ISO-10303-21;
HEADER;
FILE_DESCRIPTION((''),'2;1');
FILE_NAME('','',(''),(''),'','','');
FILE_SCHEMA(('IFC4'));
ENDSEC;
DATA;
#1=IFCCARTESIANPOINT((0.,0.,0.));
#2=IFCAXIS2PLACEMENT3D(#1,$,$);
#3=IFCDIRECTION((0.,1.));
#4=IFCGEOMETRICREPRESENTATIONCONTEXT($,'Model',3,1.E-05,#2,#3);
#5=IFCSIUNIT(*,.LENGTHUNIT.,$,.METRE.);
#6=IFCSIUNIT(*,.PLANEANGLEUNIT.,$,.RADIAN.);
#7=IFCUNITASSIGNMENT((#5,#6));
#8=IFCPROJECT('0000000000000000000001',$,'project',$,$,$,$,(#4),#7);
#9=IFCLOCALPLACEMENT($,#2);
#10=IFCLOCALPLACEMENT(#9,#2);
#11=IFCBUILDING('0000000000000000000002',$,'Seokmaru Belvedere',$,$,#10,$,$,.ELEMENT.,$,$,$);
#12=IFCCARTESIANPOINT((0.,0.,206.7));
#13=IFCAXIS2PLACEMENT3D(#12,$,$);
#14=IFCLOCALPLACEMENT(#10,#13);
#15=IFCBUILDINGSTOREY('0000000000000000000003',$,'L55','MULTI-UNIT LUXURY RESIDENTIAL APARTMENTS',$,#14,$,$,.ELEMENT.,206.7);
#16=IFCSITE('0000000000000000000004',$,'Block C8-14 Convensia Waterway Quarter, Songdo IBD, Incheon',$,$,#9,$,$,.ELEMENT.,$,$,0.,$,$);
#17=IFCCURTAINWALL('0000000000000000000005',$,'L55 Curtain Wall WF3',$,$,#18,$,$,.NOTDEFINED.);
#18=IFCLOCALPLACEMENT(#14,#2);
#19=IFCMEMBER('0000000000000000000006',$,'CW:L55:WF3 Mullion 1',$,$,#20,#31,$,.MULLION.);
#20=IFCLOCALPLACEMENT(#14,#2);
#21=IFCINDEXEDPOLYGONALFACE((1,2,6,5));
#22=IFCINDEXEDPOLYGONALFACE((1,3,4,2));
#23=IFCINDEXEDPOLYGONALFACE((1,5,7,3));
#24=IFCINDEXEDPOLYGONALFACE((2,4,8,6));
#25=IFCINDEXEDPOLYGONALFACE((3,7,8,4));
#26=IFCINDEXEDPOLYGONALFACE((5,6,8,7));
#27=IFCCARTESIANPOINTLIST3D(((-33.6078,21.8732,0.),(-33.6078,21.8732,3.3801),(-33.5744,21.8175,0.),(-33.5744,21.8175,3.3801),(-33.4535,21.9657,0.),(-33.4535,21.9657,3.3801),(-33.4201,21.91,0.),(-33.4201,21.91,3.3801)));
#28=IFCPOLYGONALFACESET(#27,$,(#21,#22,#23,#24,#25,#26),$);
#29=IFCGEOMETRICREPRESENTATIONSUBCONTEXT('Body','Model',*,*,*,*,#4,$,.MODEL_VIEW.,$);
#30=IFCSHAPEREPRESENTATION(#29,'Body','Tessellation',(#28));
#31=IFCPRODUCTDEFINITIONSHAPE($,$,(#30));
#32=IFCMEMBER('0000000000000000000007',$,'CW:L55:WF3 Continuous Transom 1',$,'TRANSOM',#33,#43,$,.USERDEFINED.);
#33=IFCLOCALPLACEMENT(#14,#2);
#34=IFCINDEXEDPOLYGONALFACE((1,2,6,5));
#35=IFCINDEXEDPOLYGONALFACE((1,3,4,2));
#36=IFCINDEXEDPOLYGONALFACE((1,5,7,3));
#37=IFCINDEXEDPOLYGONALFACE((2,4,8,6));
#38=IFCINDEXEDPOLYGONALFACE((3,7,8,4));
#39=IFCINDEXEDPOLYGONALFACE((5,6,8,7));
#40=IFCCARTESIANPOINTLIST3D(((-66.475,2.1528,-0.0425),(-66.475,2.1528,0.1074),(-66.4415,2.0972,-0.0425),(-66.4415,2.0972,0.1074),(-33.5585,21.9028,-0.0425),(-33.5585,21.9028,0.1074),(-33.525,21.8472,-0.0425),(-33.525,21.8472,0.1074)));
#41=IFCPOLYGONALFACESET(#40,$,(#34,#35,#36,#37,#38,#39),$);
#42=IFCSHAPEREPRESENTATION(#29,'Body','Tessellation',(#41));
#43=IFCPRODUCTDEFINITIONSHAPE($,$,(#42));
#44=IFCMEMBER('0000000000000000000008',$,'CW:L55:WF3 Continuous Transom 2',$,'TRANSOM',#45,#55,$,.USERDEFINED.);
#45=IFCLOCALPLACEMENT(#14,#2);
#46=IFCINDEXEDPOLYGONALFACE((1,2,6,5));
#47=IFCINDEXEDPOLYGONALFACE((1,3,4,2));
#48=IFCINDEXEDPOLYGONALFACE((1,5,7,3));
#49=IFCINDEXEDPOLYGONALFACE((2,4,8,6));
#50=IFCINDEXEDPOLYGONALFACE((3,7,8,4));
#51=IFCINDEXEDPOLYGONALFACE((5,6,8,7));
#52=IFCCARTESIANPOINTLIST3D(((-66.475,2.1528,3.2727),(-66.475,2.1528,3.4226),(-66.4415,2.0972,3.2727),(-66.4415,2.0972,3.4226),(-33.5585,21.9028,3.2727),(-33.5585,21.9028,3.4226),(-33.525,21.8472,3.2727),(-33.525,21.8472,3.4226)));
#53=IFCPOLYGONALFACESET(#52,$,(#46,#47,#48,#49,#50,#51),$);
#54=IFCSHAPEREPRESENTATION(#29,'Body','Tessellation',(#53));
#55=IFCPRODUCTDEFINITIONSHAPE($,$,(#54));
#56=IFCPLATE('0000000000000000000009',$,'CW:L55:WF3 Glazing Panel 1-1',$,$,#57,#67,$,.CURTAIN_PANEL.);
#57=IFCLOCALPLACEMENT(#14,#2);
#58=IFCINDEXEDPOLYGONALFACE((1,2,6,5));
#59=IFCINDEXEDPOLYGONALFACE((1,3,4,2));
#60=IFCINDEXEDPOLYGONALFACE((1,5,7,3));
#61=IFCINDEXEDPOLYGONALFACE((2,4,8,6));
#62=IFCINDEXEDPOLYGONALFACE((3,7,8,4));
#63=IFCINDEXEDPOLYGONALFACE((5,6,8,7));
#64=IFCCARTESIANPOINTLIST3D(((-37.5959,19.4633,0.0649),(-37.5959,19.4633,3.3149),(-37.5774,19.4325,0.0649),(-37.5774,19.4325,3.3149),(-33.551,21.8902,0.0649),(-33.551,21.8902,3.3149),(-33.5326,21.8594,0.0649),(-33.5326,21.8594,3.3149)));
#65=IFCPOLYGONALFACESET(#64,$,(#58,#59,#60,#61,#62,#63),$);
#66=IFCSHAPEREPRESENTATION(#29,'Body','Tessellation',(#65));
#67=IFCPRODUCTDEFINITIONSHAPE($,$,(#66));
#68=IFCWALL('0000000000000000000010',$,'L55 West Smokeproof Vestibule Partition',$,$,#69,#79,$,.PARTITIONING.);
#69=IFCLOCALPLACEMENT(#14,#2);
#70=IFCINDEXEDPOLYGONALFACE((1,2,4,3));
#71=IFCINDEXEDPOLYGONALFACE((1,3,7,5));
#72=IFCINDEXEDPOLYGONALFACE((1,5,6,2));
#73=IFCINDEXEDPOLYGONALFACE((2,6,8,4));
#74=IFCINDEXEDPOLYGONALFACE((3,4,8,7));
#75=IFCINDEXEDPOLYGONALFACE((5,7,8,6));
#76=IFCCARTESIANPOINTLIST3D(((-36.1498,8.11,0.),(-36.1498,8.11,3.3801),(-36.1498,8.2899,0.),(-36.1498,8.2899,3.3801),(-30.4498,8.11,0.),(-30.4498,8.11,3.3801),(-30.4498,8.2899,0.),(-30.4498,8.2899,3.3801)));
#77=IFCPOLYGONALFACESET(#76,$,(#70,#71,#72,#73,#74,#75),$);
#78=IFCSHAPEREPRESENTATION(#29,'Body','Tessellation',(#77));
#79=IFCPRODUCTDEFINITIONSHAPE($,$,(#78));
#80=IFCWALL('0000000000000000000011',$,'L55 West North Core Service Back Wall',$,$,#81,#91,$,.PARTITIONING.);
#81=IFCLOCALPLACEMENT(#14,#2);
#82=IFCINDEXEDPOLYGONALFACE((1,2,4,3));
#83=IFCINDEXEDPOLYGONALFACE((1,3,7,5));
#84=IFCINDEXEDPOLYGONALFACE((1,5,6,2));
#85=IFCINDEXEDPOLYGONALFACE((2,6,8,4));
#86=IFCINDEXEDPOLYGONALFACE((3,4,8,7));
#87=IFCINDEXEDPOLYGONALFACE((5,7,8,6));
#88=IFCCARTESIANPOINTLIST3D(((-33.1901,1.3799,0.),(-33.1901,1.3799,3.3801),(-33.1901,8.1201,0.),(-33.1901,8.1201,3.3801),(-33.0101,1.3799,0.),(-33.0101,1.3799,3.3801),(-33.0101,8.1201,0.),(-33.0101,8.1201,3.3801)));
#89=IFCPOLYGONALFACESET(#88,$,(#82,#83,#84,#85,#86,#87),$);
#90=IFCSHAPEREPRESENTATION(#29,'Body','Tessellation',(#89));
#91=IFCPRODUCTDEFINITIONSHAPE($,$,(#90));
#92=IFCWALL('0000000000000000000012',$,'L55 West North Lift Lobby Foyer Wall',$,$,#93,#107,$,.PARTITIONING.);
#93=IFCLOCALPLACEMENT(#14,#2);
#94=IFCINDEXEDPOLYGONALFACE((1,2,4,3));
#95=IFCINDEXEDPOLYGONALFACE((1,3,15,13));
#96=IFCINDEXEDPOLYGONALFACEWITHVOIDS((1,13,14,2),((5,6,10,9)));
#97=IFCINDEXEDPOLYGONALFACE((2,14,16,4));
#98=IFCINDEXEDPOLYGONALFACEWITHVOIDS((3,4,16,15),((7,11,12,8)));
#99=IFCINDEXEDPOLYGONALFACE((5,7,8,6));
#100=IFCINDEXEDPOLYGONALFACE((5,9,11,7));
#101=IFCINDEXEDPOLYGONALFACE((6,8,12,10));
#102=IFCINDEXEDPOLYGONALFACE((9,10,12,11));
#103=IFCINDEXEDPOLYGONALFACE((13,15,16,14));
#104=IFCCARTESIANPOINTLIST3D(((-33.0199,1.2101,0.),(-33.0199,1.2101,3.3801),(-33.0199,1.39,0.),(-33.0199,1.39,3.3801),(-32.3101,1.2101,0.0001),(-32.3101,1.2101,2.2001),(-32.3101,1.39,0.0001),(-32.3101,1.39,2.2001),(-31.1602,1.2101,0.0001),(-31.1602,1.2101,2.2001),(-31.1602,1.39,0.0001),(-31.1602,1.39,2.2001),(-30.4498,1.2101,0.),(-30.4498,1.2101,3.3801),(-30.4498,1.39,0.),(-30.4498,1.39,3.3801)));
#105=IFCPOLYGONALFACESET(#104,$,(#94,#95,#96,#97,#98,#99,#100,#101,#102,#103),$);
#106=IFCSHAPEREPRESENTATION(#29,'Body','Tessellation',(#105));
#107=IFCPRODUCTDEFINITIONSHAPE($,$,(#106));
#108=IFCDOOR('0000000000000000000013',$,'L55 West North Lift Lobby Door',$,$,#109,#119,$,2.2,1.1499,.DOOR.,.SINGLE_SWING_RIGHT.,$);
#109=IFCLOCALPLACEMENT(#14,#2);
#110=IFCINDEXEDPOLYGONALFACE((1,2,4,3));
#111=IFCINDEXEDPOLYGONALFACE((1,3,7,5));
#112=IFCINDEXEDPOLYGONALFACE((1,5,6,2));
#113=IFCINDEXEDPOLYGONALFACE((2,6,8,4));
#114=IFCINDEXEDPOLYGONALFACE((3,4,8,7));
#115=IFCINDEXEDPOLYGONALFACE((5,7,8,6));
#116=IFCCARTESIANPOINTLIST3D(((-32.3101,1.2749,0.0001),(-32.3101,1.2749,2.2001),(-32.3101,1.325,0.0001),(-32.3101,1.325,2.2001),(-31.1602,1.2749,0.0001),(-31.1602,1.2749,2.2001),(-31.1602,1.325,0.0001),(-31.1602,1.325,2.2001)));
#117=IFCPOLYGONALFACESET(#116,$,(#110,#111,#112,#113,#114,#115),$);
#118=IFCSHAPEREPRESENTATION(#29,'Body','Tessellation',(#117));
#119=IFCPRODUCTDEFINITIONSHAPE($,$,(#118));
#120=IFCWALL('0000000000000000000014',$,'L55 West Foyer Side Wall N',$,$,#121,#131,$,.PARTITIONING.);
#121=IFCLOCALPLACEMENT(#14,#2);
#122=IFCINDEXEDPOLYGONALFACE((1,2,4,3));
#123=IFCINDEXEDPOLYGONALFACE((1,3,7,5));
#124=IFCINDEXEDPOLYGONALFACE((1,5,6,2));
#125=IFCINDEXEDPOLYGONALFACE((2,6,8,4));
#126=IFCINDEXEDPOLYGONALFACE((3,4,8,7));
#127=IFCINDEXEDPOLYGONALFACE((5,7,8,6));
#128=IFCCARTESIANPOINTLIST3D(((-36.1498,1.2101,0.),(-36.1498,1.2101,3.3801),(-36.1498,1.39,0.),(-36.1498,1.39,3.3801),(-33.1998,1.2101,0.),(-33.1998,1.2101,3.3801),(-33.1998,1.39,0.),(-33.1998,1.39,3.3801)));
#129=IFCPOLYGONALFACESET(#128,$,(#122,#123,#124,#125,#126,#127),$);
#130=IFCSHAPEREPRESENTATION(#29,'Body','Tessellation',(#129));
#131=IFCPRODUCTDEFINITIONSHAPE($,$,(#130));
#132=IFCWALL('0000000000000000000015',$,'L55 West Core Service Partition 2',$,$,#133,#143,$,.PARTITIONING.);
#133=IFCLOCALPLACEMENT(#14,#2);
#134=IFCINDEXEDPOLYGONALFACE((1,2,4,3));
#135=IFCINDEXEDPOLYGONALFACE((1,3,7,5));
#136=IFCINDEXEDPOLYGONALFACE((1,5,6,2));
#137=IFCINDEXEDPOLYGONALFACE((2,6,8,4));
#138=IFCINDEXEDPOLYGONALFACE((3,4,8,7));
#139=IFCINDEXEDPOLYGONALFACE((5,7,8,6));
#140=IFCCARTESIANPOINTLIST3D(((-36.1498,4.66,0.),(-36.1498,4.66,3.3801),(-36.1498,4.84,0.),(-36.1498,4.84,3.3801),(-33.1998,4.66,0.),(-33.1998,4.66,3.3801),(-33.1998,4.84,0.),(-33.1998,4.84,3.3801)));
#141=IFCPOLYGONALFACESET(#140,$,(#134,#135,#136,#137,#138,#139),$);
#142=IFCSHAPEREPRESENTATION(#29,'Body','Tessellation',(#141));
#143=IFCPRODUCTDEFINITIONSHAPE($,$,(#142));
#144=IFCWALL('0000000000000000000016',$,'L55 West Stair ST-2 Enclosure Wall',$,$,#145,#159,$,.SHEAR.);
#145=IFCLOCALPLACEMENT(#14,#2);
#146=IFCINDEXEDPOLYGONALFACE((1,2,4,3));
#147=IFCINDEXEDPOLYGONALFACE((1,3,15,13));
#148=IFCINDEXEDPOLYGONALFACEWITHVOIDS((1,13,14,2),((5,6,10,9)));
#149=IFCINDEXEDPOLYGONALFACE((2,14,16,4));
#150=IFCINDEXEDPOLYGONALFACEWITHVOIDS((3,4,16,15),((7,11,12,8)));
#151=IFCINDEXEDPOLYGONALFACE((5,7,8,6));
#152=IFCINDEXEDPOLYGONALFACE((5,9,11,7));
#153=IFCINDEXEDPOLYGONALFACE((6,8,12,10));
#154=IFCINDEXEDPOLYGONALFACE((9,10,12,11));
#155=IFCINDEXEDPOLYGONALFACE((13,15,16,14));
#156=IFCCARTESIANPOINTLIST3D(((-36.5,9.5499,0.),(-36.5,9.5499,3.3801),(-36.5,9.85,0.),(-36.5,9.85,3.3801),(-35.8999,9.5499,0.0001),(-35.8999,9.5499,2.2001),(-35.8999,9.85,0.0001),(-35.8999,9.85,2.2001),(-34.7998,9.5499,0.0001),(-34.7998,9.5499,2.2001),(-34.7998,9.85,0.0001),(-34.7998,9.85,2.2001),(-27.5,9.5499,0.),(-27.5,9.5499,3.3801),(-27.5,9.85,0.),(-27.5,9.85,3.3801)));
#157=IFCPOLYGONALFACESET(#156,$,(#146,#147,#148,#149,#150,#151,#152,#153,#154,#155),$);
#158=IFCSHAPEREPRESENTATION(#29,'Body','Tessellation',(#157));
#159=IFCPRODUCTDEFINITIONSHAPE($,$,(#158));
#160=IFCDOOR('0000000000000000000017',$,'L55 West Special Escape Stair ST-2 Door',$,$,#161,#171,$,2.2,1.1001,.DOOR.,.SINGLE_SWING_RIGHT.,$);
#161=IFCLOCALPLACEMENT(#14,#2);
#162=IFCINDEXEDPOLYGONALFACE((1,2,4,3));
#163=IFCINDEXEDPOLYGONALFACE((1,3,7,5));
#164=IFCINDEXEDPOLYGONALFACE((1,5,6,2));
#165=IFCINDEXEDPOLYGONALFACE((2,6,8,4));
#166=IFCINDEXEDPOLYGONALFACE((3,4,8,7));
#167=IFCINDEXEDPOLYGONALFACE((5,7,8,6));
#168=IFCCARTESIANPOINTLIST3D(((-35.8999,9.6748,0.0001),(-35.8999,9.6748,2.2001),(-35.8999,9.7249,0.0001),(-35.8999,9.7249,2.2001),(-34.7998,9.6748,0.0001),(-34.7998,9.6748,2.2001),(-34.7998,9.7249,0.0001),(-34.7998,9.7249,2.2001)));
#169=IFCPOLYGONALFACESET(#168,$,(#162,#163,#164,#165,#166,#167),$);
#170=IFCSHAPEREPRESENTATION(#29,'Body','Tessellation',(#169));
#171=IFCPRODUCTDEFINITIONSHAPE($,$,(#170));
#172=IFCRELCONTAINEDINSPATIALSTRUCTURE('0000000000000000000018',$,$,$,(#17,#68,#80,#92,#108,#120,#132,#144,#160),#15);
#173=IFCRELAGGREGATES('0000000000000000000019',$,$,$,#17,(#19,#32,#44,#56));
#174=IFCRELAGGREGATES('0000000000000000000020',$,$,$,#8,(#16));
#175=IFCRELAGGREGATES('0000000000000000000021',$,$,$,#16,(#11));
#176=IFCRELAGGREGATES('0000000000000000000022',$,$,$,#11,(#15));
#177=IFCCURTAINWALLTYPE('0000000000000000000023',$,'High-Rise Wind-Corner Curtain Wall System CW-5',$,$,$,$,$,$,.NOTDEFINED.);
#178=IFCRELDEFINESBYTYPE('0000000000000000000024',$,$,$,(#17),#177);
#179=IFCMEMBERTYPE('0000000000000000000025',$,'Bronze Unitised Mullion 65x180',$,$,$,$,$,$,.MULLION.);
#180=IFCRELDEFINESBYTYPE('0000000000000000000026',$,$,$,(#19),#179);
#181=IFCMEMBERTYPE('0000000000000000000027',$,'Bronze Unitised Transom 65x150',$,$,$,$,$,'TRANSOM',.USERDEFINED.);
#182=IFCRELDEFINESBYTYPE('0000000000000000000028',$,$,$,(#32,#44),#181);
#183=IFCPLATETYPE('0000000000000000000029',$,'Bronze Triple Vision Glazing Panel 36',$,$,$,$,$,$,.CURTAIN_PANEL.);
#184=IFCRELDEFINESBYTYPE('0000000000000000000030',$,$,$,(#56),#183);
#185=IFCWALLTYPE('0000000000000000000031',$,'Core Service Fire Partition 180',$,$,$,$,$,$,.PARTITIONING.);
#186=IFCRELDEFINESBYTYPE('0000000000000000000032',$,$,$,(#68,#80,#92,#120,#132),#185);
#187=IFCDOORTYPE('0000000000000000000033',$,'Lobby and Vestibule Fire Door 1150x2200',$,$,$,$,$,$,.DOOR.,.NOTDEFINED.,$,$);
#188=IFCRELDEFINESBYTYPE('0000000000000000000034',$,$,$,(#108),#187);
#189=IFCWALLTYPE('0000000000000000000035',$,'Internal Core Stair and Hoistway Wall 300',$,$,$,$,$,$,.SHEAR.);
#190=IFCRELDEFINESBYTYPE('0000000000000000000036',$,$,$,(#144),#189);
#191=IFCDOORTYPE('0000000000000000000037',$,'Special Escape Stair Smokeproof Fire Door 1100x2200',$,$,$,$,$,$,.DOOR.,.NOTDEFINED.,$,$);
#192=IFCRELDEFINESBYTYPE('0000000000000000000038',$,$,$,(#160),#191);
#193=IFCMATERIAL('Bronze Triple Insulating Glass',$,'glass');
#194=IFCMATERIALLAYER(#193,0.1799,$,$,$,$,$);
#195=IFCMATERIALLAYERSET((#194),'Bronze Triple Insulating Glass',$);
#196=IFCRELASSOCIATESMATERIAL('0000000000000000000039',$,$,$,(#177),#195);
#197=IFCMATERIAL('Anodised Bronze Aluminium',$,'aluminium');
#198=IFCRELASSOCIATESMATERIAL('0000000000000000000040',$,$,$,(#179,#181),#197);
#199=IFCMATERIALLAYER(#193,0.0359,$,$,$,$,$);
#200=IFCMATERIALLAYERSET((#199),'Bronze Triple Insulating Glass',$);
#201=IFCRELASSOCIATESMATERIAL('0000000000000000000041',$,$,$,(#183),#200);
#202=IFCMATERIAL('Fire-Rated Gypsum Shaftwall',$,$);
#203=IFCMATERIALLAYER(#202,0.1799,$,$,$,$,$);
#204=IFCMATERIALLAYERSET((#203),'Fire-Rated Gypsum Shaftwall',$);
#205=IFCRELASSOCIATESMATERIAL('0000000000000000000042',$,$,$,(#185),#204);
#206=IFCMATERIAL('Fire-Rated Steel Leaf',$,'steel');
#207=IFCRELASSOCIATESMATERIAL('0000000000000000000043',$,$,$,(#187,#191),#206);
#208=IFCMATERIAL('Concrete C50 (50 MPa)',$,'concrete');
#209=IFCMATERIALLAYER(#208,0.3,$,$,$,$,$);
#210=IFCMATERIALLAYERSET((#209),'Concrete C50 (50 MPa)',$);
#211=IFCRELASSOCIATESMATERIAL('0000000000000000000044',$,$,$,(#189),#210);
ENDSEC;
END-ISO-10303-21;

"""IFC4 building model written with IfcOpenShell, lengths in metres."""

from ifc_helpers import new_model, si_unit, direction, frame, frame_2d, origin, origin_2d, place, context, subcontext, project, spatial, rectangle, extrude, source, transform, mapped, material, layer, layer_set, material_profile, profile_set, type_object, type_shapes, element, fill, aggregate, save


model = new_model("IFC4")

# Units and contexts
model_context = context("Model", 3, precision=1e-05, world=origin(), true_north=direction((0.0, 1.0)))
body_context = subcontext(model_context, "Body", "Model", "MODEL_VIEW")
ifc_project = project(units=[si_unit("LENGTHUNIT", "METRE"), si_unit("PLANEANGLEUNIT", "RADIAN")], contexts=[model_context])

# Site, building, storey
site_placement = place(None, origin())
site = spatial("IfcSite", under=ifc_project, at=site_placement, Name="Block C8-14 Convensia Waterway Quarter, Songdo IBD, Incheon", CompositionType="ELEMENT", RefElevation=0.0)
building_placement = place(site_placement, origin())
building = spatial("IfcBuilding", under=site, at=building_placement, Name="Seokmaru Belvedere", CompositionType="ELEMENT")
storey_placement = place(building_placement, frame((0.0, 0.0, 206.7)))
storey = spatial("IfcBuildingStorey", under=building, at=storey_placement, Name="L55", Description="MULTI-UNIT LUXURY RESIDENTIAL APARTMENTS", CompositionType="ELEMENT", Elevation=206.7)

# Curtain wall, members, plate
ifc_material_1 = material(Name="Bronze Triple Insulating Glass", Category="glass")
ifc_layer_1 = layer(ifc_material_1, 0.1799)
ifc_layer_set_1 = layer_set([ifc_layer_1], Name="Bronze Triple Insulating Glass")
curtain_wall_type = type_object("IfcCurtainWallType", Name="High-Rise Wind-Corner Curtain Wall System CW-5", PredefinedType="NOTDEFINED", material=ifc_layer_set_1)
curtain_wall_placement = place(storey_placement, origin())
curtain_wall = element("IfcCurtainWall", 1, at=curtain_wall_placement, inside=storey, type_object=curtain_wall_type, Name="L55 Curtain Wall WF3", PredefinedType="NOTDEFINED")
ifc_material_2 = material(Name="Anodised Bronze Aluminium", Category="aluminium")
ifc_material_profile_1 = material_profile(ifc_material_2, rectangle(XDim=0.0649, YDim=0.1799, at=origin_2d()), Name="CW-M-65x180")
ifc_profile_set_1 = profile_set([ifc_material_profile_1], Name="Anodised Bronze Aluminium")
member_type_1 = type_object("IfcMemberType", Name="Bronze Unitised Mullion 65x180", PredefinedType="MULLION", material=ifc_profile_set_1)
shared_shape_1 = source(origin(), body_context, "Body", "SweptSolid", [
    extrude(rectangle(XDim=0.0649, YDim=0.1799, at=origin_2d()), origin(), (0.0, 0.0, 1.0), 3.3801),
])
type_shapes(member_type_1, [shared_shape_1])
member_1_placement = place(storey_placement, frame((-33.5139, 21.8916, 0.0), z_axis=(0.0, 0.0, 1.0), x_axis=(0.514495, -0.857493, 0.0)))
member_1 = element("IfcMember", 2, at=member_1_placement, type_object=member_type_1, Name="CW:L55:WF3 Mullion 1", PredefinedType="MULLION", context=body_context, shape_type="MappedRepresentation", body=[
    mapped(shared_shape_1, transform((0.0, 0.0, 0.0), scale=1.0)),
])
ifc_material_profile_2 = material_profile(ifc_material_2, rectangle(XDim=0.0649, YDim=0.1499, at=origin_2d()), Name="CW-T-65x150")
ifc_profile_set_2 = profile_set([ifc_material_profile_2], Name="Anodised Bronze Aluminium")
member_type_2 = type_object("IfcMemberType", Name="Bronze Unitised Transom 65x150", ElementType="TRANSOM", PredefinedType="USERDEFINED", material=ifc_profile_set_2)
shared_shape_2 = source(origin(), body_context, "Body", "SweptSolid", [
    extrude(rectangle(XDim=0.0649, YDim=0.1499, at=origin_2d()), origin(), (0.0, 0.0, 1.0), 38.387),
])
type_shapes(member_type_2, [shared_shape_2])
member_2_placement = place(storey_placement, frame((-33.5417, 21.875, 0.0325), z_axis=(-0.857492, -0.514498, 0.0), x_axis=(0.514498, -0.857492, 0.0)))
member_2 = element("IfcMember", 3, at=member_2_placement, type_object=member_type_2, Name="CW:L55:WF3 Continuous Transom 1", ObjectType="TRANSOM", PredefinedType="USERDEFINED", context=body_context, shape_type="MappedRepresentation", body=[
    mapped(shared_shape_2, transform((0.0, 0.0, 0.0), scale=1.0)),
])
member_3_placement = place(storey_placement, frame((-33.5417, 21.875, 3.3477), z_axis=(-0.857492, -0.514498, 0.0), x_axis=(0.514498, -0.857492, 0.0)))
member_3 = element("IfcMember", 4, at=member_3_placement, type_object=member_type_2, Name="CW:L55:WF3 Continuous Transom 2", ObjectType="TRANSOM", PredefinedType="USERDEFINED", context=body_context, shape_type="MappedRepresentation", body=[
    mapped(shared_shape_2, transform((0.0, 0.0, 0.0), scale=1.0)),
])
ifc_layer_2 = layer(ifc_material_1, 0.0359)
ifc_layer_set_2 = layer_set([ifc_layer_2], Name="Bronze Triple Insulating Glass")
plate_type = type_object("IfcPlateType", Name="Bronze Triple Vision Glazing Panel 36", PredefinedType="CURTAIN_PANEL", material=ifc_layer_set_2)
shared_shape_3 = source(origin(), body_context, "Body", "SweptSolid", [
    extrude(rectangle(XDim=4.717, YDim=0.0359, at=origin_2d()), origin(), (0.0, 0.0, 1.0), 3.25),
])
type_shapes(plate_type, [shared_shape_3])
plate_placement = place(storey_placement, frame((-35.5642, 20.6614, 0.0649), z_axis=(0.0, 0.0, 1.0), x_axis=(-0.857493, -0.514495, 0.0)))
plate = element("IfcPlate", 5, at=plate_placement, type_object=plate_type, Name="CW:L55:WF3 Glazing Panel 1-1", PredefinedType="CURTAIN_PANEL", context=body_context, shape_type="MappedRepresentation", body=[
    mapped(shared_shape_3, transform((0.0, 0.0, 0.0), scale=1.0)),
])
aggregate(curtain_wall, [member_1, member_2, member_3, plate])

# Walls
ifc_material_3 = material(Name="Fire-Rated Gypsum Shaftwall")
ifc_layer_3 = layer(ifc_material_3, 0.1799)
ifc_layer_set_3 = layer_set([ifc_layer_3], Name="Fire-Rated Gypsum Shaftwall")
wall_type_1 = type_object("IfcWallType", Name="Core Service Fire Partition 180", PredefinedType="PARTITIONING", material=ifc_layer_set_3)
wall_1_placement = place(storey_placement, frame((-36.1499, 8.2, 0.0), z_axis=(0.0, 0.0, 1.0), x_axis=(1.0, 0.0, 0.0)))
element("IfcWall", 6, at=wall_1_placement, inside=storey, type_object=wall_type_1, Name="L55 West Smokeproof Vestibule Partition", PredefinedType="PARTITIONING", context=body_context, shape_type="SweptSolid", body=[
    extrude(rectangle(XDim=5.7, YDim=0.1799, at=frame_2d((2.8501, 0.0))), origin(), (0.0, 0.0, 1.0), 3.3801),
])
wall_2_placement = place(storey_placement, frame((-33.1001, 1.3799, 0.0), z_axis=(0.0, 0.0, 1.0), x_axis=(0.0, 1.0, 0.0)))
element("IfcWall", 7, at=wall_2_placement, inside=storey, type_object=wall_type_1, Name="L55 West North Core Service Back Wall", PredefinedType="PARTITIONING", context=body_context, shape_type="SweptSolid", body=[
    extrude(rectangle(XDim=6.7402, YDim=0.1799, at=frame_2d((3.3701, 0.0))), origin(), (0.0, 0.0, 1.0), 3.3801),
])

# Wall, opening, door
wall_3_placement = place(storey_placement, frame((-33.02, 1.3, 0.0), z_axis=(0.0, 0.0, 1.0), x_axis=(1.0, 0.0, 0.0)))
wall_3 = element("IfcWall", 8, at=wall_3_placement, inside=storey, type_object=wall_type_1, Name="L55 West North Lift Lobby Foyer Wall", PredefinedType="PARTITIONING", context=body_context, shape_type="SweptSolid", body=[
    extrude(rectangle(XDim=2.5701, YDim=0.1799, at=frame_2d((1.2852, 0.0))), origin(), (0.0, 0.0, 1.0), 3.3801),
])
opening_1_placement = place(wall_3_placement, frame((0.71, 0.0, 0.0)))
opening_1 = element("IfcOpeningElement", 9, at=opening_1_placement, cuts=wall_3, PredefinedType="OPENING", context=body_context, shape_type="SweptSolid", body=[
    extrude(rectangle(XDim=1.1499, YDim=2.2, at=frame_2d((0.575, 1.1001))), frame((0.0, 0.1001, 0.0), z_axis=(0.0, -1.0, 0.0), x_axis=(1.0, 0.0, 0.0)), (0.0, 0.0, 1.0), 0.2),
])
ifc_material_4 = material(Name="Fire-Rated Steel Leaf", Category="steel")
door_type_1 = type_object("IfcDoorType", Name="Lobby and Vestibule Fire Door 1150x2200", OperationType="NOTDEFINED", PredefinedType="DOOR", material=ifc_material_4)
shared_shape_4 = source(origin(), body_context, "Body", "SweptSolid", [
    extrude(rectangle(XDim=1.1499, YDim=2.2, at=frame_2d((0.575, 1.1001))), frame((0.0, 0.0249, 0.0), z_axis=(0.0, -1.0, 0.0), x_axis=(1.0, 0.0, 0.0)), (0.0, 0.0, 1.0), 0.05),
])
type_shapes(door_type_1, [shared_shape_4])
door_1_placement = place(opening_1_placement, origin())
door_1 = element("IfcDoor", 10, at=door_1_placement, inside=storey, type_object=door_type_1, Name="L55 West North Lift Lobby Door", OperationType="SINGLE_SWING_RIGHT", OverallHeight=2.2, OverallWidth=1.1499, PredefinedType="DOOR", context=body_context, shape_type="MappedRepresentation", body=[
    mapped(shared_shape_4, transform((0.0, 0.0, 0.0), scale=1.0)),
])
fill(opening_1, door_1)

# Walls
for number, where, z_axis, x_axis, name in (
    (11, (-36.1499, 1.3, 0.0), (0.0, 0.0, 1.0), (1.0, 0.0, 0.0), "L55 West Foyer Side Wall N"),
    (12, (-36.1499, 4.75, 0.0), (0.0, 0.0, 1.0), (1.0, 0.0, 0.0), "L55 West Core Service Partition 2"),
):
    element("IfcWall", number, at=place(storey_placement, frame(where, z_axis=z_axis, x_axis=x_axis)), inside=storey, type_object=wall_type_1, Name=name, PredefinedType="PARTITIONING", context=body_context, shape_type="SweptSolid", body=[
        extrude(rectangle(XDim=2.95, YDim=0.1799, at=frame_2d((1.4751, 0.0))), origin(), (0.0, 0.0, 1.0), 3.3801),
    ])

# Wall, opening, door
ifc_material_5 = material(Name="Concrete C50 (50 MPa)", Category="concrete")
ifc_layer_4 = layer(ifc_material_5, 0.3)
ifc_layer_set_4 = layer_set([ifc_layer_4], Name="Concrete C50 (50 MPa)")
wall_type_2 = type_object("IfcWallType", Name="Internal Core Stair and Hoistway Wall 300", PredefinedType="SHEAR", material=ifc_layer_set_4)
wall_4_placement = place(storey_placement, frame((-36.5, 9.7, 0.0), z_axis=(0.0, 0.0, 1.0), x_axis=(1.0, 0.0, 0.0)))
wall_4 = element("IfcWall", 13, at=wall_4_placement, inside=storey, type_object=wall_type_2, Name="L55 West Stair ST-2 Enclosure Wall", PredefinedType="SHEAR", context=body_context, shape_type="SweptSolid", body=[
    extrude(rectangle(XDim=9.0, YDim=0.3, at=frame_2d((4.5, 0.0))), origin(), (0.0, 0.0, 1.0), 3.3801),
])
opening_2_placement = place(wall_4_placement, frame((0.6001, 0.0, 0.0)))
opening_2 = element("IfcOpeningElement", 14, at=opening_2_placement, cuts=wall_4, PredefinedType="OPENING", context=body_context, shape_type="SweptSolid", body=[
    extrude(rectangle(XDim=1.1001, YDim=2.2, at=frame_2d((0.55, 1.1001))), frame((0.0, 0.1602, 0.0), z_axis=(0.0, -1.0, 0.0), x_axis=(1.0, 0.0, 0.0)), (0.0, 0.0, 1.0), 0.3201),
])
door_type_2 = type_object("IfcDoorType", Name="Special Escape Stair Smokeproof Fire Door 1100x2200", OperationType="NOTDEFINED", PredefinedType="DOOR", material=ifc_material_4)
shared_shape_5 = source(origin(), body_context, "Body", "SweptSolid", [
    extrude(rectangle(XDim=1.1001, YDim=2.2, at=frame_2d((0.55, 1.1001))), frame((0.0, 0.0249, 0.0), z_axis=(0.0, -1.0, 0.0), x_axis=(1.0, 0.0, 0.0)), (0.0, 0.0, 1.0), 0.05),
])
type_shapes(door_type_2, [shared_shape_5])
door_2_placement = place(opening_2_placement, origin())
door_2 = element("IfcDoor", 15, at=door_2_placement, inside=storey, type_object=door_type_2, Name="L55 West Special Escape Stair ST-2 Door", OperationType="SINGLE_SWING_RIGHT", OverallHeight=2.2, OverallWidth=1.1001, PredefinedType="DOOR", context=body_context, shape_type="MappedRepresentation", body=[
    mapped(shared_shape_5, transform((0.0, 0.0, 0.0), scale=1.0)),
])
fill(opening_2, door_2)

save(model, "model.ifc")
